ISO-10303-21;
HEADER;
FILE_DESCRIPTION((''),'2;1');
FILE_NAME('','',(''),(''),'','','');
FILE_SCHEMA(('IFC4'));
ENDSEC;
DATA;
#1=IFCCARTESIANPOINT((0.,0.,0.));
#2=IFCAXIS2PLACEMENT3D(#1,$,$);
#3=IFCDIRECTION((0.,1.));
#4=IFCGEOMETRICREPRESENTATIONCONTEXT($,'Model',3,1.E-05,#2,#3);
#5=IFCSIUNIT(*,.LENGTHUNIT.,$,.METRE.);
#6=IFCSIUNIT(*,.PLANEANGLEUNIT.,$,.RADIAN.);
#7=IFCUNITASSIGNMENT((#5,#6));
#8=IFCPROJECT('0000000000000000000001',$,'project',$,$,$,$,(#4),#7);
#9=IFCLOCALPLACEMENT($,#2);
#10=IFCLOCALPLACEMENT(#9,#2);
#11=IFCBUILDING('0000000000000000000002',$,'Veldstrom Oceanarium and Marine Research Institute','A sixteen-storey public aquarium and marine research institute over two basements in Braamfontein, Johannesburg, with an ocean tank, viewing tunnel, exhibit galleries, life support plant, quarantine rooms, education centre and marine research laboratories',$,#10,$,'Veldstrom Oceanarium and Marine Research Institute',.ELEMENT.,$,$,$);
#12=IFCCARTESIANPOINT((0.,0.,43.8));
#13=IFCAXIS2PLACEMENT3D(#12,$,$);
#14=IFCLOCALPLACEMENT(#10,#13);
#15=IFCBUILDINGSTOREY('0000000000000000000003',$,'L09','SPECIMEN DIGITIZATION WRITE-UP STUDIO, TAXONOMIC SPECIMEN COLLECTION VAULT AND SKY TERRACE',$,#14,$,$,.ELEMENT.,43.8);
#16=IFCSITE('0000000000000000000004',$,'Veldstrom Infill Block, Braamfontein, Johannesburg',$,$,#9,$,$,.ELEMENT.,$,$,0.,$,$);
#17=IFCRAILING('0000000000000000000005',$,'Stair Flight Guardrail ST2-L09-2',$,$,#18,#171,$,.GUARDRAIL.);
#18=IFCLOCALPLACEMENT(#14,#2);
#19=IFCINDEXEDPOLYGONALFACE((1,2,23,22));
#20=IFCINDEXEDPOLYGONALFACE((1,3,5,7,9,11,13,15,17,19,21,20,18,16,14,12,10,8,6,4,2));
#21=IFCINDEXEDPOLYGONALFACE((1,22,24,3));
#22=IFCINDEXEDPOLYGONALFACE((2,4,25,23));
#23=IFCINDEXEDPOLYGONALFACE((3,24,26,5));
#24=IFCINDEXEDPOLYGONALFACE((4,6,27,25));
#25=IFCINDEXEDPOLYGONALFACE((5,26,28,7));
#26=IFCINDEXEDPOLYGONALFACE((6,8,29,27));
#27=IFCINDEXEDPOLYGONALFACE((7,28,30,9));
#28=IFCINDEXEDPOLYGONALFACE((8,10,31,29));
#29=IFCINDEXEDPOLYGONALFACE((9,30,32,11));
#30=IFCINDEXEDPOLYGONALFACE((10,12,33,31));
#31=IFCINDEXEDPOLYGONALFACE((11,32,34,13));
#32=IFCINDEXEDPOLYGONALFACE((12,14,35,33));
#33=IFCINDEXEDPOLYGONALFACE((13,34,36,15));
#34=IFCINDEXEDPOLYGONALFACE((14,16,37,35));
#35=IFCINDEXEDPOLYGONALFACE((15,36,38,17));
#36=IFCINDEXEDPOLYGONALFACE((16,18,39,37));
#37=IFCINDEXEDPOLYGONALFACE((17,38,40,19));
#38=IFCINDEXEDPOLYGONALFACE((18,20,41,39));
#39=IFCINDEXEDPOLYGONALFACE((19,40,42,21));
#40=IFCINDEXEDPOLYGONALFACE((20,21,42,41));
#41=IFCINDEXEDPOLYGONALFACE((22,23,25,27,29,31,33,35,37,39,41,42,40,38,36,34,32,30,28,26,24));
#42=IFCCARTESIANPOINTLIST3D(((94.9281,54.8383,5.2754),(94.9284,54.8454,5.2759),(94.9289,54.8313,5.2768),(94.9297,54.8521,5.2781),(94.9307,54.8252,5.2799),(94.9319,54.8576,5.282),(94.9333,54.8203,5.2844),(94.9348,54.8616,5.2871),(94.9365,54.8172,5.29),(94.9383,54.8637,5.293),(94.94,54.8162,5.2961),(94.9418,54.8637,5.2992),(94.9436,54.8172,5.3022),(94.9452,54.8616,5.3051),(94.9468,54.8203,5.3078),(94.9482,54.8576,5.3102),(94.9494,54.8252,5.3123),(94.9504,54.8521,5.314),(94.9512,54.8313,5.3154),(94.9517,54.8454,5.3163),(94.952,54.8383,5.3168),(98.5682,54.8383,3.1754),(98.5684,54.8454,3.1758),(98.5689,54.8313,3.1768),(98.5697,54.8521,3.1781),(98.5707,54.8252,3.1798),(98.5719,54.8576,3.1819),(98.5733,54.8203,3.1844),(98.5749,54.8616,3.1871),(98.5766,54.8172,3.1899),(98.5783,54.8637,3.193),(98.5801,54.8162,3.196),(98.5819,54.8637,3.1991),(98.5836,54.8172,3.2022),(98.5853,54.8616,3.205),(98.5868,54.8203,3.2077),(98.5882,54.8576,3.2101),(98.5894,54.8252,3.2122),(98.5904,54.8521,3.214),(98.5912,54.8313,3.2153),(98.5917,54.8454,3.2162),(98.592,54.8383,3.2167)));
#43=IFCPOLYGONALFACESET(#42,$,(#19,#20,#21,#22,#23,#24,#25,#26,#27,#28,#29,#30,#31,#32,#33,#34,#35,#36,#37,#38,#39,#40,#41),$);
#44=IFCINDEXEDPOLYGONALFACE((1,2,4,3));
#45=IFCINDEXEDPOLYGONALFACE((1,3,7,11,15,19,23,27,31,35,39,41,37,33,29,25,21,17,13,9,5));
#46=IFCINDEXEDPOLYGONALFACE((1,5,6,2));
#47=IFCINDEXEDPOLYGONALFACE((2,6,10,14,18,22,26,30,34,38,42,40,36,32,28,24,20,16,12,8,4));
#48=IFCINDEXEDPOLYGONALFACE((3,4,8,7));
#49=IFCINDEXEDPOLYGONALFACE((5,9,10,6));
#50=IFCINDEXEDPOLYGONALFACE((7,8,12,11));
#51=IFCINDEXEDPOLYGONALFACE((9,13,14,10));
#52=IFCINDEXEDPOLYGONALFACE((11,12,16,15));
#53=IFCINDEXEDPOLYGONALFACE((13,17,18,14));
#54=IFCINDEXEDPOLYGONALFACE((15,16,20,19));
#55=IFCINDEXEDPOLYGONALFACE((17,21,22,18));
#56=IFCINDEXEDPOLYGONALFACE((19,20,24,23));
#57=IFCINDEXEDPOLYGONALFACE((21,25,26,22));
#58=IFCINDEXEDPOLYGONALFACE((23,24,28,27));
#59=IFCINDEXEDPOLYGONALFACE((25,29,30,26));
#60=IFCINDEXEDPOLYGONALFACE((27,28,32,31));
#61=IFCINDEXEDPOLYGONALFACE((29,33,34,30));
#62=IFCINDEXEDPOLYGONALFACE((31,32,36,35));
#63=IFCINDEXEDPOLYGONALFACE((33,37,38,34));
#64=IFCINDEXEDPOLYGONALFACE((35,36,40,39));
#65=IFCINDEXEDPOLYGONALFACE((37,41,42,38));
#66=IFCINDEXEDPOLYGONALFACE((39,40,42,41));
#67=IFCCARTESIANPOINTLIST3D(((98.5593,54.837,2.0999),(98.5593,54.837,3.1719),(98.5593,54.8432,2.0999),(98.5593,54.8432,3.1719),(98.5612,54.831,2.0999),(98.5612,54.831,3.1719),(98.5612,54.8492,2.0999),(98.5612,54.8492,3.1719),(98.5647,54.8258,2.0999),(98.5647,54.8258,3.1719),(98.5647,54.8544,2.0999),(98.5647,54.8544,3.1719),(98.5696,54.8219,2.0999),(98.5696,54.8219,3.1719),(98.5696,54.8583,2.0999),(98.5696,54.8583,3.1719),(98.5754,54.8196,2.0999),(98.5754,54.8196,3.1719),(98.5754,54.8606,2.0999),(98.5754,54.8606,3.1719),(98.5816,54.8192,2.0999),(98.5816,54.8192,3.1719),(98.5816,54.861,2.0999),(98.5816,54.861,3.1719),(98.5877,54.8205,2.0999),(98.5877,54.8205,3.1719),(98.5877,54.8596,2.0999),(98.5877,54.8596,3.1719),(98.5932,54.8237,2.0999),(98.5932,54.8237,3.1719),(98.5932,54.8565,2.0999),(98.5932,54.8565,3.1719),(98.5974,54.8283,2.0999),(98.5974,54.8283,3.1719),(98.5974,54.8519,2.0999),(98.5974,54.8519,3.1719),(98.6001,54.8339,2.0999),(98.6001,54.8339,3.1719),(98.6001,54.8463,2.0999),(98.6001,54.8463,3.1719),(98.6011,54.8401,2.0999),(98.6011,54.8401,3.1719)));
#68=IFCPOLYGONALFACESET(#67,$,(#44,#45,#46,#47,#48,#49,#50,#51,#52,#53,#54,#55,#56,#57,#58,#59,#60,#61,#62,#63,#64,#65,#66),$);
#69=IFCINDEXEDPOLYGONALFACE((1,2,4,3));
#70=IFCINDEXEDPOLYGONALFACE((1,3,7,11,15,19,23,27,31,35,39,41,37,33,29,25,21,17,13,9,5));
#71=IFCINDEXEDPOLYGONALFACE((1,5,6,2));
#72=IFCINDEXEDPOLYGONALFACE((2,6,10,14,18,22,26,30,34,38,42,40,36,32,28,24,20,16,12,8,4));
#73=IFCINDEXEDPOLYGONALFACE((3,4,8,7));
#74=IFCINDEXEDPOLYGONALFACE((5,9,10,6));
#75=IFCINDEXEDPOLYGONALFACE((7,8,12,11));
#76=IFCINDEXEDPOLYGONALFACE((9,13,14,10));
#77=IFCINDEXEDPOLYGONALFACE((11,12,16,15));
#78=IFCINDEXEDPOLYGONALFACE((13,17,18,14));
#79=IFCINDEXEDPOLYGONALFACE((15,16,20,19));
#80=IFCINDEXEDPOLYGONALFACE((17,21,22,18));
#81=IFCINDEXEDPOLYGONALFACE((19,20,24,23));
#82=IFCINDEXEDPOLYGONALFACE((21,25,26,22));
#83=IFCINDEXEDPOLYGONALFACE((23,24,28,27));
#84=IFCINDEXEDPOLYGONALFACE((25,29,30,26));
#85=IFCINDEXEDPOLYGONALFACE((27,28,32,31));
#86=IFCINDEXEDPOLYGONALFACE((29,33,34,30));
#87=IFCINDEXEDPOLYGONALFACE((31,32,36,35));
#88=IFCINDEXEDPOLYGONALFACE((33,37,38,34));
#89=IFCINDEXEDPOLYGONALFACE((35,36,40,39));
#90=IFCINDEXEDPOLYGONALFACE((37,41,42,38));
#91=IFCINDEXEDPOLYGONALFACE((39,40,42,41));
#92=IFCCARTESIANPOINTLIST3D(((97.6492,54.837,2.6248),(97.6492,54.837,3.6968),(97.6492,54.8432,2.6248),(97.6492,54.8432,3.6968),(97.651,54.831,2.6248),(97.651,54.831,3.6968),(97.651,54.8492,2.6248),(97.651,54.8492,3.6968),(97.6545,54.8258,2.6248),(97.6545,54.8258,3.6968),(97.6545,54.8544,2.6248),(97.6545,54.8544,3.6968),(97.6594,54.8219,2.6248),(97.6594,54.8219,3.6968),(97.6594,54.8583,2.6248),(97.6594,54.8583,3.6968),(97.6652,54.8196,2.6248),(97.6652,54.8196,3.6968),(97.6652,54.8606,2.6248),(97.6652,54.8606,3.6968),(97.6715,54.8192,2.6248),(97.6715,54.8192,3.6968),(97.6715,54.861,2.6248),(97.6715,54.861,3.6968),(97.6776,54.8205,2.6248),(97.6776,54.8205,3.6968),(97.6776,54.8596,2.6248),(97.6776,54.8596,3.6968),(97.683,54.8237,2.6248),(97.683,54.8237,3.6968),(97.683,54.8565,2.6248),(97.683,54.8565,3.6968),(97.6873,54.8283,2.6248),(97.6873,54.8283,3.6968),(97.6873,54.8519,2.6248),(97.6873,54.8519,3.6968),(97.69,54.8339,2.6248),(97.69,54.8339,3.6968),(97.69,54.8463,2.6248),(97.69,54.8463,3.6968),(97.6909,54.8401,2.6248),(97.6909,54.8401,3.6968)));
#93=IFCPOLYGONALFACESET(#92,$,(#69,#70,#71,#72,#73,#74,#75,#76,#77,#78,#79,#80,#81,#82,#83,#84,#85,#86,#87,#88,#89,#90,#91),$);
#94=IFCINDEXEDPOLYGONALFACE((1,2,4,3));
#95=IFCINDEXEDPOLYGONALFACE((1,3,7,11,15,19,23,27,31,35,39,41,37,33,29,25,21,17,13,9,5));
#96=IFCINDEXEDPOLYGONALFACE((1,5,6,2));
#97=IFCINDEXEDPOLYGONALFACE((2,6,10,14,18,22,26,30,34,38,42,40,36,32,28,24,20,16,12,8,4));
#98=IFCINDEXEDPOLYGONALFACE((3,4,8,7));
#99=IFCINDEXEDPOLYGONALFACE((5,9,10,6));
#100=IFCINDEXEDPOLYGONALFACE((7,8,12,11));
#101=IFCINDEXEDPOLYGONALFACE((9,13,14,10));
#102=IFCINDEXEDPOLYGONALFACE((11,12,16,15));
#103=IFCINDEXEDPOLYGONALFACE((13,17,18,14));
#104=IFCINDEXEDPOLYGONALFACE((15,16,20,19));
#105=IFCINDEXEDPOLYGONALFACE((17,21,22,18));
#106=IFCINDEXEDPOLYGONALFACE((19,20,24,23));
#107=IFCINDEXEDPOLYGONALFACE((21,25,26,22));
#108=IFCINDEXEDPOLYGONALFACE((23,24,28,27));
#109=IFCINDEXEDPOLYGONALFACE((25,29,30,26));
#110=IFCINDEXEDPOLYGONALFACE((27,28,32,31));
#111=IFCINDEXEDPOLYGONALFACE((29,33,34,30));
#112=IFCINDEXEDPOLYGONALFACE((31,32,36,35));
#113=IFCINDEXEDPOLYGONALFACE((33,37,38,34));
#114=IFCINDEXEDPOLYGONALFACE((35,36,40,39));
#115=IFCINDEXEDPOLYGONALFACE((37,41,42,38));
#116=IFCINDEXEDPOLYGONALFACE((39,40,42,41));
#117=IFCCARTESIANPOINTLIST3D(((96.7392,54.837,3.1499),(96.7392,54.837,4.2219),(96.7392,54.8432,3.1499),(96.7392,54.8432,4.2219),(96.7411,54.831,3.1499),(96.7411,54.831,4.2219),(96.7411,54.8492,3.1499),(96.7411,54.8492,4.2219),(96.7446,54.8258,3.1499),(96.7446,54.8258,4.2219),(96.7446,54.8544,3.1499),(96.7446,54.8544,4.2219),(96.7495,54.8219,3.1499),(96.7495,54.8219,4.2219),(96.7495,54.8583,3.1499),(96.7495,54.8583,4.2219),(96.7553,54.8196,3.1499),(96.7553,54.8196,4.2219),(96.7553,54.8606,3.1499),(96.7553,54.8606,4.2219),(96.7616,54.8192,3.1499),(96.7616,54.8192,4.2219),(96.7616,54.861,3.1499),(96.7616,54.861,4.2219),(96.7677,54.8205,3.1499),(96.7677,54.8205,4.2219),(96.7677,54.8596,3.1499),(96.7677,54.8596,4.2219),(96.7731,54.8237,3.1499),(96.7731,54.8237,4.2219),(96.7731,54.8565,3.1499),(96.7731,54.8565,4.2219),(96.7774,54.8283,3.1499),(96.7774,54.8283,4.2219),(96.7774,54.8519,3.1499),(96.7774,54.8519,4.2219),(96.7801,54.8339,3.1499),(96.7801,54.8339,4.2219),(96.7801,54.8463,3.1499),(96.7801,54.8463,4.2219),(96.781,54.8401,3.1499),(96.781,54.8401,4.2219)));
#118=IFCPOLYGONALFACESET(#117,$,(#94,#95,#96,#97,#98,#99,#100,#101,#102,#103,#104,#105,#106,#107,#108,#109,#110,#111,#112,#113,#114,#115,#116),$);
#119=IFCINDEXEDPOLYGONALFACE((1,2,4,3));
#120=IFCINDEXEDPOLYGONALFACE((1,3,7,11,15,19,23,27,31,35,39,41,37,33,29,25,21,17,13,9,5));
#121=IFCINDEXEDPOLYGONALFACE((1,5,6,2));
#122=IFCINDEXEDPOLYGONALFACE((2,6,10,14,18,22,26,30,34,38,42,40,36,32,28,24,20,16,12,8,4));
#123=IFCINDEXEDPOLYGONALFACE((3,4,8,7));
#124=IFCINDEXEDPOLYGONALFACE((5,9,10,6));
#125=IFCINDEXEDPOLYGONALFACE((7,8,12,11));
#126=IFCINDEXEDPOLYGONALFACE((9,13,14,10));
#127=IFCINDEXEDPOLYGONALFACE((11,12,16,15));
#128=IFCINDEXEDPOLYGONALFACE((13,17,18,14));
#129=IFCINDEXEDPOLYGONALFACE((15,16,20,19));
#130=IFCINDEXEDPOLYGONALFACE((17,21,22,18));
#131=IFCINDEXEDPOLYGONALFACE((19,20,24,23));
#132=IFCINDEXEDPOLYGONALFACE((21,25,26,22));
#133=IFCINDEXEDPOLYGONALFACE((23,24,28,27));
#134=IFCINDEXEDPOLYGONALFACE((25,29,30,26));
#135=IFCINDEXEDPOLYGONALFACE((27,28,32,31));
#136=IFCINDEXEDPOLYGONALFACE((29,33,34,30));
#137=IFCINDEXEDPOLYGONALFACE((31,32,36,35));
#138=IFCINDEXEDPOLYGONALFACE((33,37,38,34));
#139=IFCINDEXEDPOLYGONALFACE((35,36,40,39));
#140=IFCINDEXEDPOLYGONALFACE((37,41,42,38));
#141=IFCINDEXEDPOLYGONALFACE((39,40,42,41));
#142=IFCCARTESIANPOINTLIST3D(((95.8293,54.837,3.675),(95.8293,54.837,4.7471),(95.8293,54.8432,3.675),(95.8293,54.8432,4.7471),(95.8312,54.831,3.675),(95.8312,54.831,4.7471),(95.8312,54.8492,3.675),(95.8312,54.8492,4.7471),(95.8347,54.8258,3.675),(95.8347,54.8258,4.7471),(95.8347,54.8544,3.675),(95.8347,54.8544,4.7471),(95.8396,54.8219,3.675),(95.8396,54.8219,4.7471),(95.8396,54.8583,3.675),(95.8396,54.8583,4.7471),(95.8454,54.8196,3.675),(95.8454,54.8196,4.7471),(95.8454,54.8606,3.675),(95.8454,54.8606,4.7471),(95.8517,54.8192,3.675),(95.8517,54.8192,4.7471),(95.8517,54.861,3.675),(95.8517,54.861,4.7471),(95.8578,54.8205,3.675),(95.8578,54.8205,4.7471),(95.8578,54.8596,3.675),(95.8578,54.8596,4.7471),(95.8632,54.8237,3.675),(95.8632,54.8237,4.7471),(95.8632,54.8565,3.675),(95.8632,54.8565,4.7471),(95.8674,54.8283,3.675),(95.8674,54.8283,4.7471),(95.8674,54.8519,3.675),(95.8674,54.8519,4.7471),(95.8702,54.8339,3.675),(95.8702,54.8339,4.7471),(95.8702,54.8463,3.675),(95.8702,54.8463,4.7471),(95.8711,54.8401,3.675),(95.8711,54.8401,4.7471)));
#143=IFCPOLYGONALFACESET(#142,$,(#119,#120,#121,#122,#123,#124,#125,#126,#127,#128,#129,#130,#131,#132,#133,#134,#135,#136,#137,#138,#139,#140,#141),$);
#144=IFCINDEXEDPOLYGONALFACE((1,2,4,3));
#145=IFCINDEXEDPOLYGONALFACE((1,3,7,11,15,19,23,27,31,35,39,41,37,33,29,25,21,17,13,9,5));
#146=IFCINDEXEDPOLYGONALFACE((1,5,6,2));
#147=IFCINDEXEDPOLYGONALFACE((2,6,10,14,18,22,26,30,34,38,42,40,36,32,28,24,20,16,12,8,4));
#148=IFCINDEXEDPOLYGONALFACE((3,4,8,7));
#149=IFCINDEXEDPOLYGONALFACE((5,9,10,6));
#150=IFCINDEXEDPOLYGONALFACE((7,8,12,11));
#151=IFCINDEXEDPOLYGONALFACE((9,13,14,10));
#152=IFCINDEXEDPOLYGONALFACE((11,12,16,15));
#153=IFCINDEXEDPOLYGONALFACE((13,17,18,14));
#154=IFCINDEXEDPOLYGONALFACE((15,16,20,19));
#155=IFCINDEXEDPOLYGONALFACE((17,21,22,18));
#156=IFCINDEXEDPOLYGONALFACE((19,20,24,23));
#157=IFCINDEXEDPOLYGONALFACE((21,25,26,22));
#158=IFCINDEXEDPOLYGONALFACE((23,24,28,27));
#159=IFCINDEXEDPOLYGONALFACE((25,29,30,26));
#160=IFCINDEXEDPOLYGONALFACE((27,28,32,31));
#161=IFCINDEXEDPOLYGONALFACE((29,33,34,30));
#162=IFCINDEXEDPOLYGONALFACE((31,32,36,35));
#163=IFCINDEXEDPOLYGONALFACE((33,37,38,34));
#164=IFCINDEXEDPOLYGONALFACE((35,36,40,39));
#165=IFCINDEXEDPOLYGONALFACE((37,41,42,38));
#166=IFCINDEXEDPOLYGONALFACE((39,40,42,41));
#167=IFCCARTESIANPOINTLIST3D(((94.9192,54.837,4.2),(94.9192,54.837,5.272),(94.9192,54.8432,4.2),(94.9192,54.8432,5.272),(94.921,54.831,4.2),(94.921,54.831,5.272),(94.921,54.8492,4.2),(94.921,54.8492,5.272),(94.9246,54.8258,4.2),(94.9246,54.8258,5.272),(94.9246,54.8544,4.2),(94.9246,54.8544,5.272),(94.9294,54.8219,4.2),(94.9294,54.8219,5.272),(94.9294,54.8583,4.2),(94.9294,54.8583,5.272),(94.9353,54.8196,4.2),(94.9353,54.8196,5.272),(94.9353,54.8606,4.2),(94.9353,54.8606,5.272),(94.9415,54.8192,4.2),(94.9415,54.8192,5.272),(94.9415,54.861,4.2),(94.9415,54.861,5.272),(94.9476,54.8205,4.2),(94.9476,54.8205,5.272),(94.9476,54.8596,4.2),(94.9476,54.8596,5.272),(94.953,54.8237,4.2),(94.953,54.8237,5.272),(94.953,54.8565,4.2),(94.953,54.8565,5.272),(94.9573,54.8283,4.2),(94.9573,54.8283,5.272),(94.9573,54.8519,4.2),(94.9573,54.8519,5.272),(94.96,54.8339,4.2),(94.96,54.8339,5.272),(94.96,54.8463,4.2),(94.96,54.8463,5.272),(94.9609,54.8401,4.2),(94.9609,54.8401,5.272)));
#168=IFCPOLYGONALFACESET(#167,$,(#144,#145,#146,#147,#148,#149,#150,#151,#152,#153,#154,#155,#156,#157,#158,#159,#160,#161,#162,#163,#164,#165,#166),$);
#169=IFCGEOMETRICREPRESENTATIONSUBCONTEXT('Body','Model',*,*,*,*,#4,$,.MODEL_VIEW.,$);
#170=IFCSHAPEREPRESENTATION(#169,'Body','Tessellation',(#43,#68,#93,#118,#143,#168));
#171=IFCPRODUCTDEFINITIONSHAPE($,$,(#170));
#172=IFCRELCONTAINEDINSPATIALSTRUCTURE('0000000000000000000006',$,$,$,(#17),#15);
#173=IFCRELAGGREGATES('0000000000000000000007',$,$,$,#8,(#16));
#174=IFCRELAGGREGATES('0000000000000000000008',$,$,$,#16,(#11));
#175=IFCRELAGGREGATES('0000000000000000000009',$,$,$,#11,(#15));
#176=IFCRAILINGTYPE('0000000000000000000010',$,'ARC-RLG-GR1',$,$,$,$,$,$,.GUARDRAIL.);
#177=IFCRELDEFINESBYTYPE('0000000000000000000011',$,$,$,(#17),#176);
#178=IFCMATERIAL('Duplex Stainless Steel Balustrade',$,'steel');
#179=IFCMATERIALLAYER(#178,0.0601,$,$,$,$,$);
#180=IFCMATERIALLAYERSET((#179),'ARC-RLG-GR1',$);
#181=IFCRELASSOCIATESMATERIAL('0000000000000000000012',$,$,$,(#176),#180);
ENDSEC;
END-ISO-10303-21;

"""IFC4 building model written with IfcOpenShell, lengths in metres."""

from ifc_helpers import new_model, si_unit, direction, frame, origin, origin_2d, place, context, subcontext, project, spatial, circle, extrude, material, layer, layer_set, type_object, element, save


model = new_model("IFC4")

# Units and contexts
model_context = context("Model", 3, precision=1e-05, world=origin(), true_north=direction((0.0, 1.0)))
body_context = subcontext(model_context, "Body", "Model", "MODEL_VIEW")
ifc_project = project(units=[si_unit("LENGTHUNIT", "METRE"), si_unit("PLANEANGLEUNIT", "RADIAN")], contexts=[model_context])

# Site, building, storey
site_placement = place(None, origin())
site = spatial("IfcSite", under=ifc_project, at=site_placement, Name="Veldstrom Infill Block, Braamfontein, Johannesburg", CompositionType="ELEMENT", RefElevation=0.0)
building_placement = place(site_placement, origin())
building = spatial("IfcBuilding", under=site, at=building_placement, Name="Veldstrom Oceanarium and Marine Research Institute", Description="A sixteen-storey public aquarium and marine research institute over two basements in Braamfontein, Johannesburg, with an ocean tank, viewing tunnel, exhibit galleries, life support plant, quarantine rooms, education centre and marine research laboratories", LongName="Veldstrom Oceanarium and Marine Research Institute", CompositionType="ELEMENT")
storey_placement = place(building_placement, frame((0.0, 0.0, 43.8)))
storey = spatial("IfcBuildingStorey", under=building, at=storey_placement, Name="L09", Description="SPECIMEN DIGITIZATION WRITE-UP STUDIO, TAXONOMIC SPECIMEN COLLECTION VAULT AND SKY TERRACE", CompositionType="ELEMENT", Elevation=43.8)

# Railing
ifc_material_1 = material(Name="Duplex Stainless Steel Balustrade", Category="steel")
ifc_layer_1 = layer(ifc_material_1, 0.0601)
ifc_layer_set_1 = layer_set([ifc_layer_1], Name="ARC-RLG-GR1")
railing_type_1 = type_object("IfcRailingType", Name="ARC-RLG-GR1", PredefinedType="GUARDRAIL", material=ifc_layer_set_1)
railing_1_placement = place(storey_placement, frame((98.5801, 54.8401, 2.0999)))
element("IfcRailing", 1, at=railing_1_placement, inside=storey, type_object=railing_type_1, Name="Stair Flight Guardrail ST2-L09-2", PredefinedType="GUARDRAIL", context=body_context, shape_type="SweptSolid", body=[
    extrude(circle(Radius=0.0239, at=origin_2d()), frame((0.0, 0.0, 1.0962), z_axis=(-0.866184, 0.0, 0.499726), x_axis=(0.0, -1.0, 0.0)), (0.0, 0.0, 1.0), 4.2024),
    extrude(circle(Radius=0.021, at=origin_2d()), origin(), (0.0, 0.0, 1.0), 1.072),
    extrude(circle(Radius=0.021, at=origin_2d()), frame((-0.9102, 0.0, 0.5249)), (0.0, 0.0, 1.0), 1.072),
    extrude(circle(Radius=0.021, at=origin_2d()), frame((-1.8201, 0.0, 1.05)), (0.0, 0.0, 1.0), 1.072),
    extrude(circle(Radius=0.021, at=origin_2d()), frame((-2.73, 0.0, 1.5752)), (0.0, 0.0, 1.0), 1.072),
    extrude(circle(Radius=0.021, at=origin_2d()), frame((-3.6401, 0.0, 2.1001)), (0.0, 0.0, 1.0), 1.072),
])

save(model, "model.ifc")
